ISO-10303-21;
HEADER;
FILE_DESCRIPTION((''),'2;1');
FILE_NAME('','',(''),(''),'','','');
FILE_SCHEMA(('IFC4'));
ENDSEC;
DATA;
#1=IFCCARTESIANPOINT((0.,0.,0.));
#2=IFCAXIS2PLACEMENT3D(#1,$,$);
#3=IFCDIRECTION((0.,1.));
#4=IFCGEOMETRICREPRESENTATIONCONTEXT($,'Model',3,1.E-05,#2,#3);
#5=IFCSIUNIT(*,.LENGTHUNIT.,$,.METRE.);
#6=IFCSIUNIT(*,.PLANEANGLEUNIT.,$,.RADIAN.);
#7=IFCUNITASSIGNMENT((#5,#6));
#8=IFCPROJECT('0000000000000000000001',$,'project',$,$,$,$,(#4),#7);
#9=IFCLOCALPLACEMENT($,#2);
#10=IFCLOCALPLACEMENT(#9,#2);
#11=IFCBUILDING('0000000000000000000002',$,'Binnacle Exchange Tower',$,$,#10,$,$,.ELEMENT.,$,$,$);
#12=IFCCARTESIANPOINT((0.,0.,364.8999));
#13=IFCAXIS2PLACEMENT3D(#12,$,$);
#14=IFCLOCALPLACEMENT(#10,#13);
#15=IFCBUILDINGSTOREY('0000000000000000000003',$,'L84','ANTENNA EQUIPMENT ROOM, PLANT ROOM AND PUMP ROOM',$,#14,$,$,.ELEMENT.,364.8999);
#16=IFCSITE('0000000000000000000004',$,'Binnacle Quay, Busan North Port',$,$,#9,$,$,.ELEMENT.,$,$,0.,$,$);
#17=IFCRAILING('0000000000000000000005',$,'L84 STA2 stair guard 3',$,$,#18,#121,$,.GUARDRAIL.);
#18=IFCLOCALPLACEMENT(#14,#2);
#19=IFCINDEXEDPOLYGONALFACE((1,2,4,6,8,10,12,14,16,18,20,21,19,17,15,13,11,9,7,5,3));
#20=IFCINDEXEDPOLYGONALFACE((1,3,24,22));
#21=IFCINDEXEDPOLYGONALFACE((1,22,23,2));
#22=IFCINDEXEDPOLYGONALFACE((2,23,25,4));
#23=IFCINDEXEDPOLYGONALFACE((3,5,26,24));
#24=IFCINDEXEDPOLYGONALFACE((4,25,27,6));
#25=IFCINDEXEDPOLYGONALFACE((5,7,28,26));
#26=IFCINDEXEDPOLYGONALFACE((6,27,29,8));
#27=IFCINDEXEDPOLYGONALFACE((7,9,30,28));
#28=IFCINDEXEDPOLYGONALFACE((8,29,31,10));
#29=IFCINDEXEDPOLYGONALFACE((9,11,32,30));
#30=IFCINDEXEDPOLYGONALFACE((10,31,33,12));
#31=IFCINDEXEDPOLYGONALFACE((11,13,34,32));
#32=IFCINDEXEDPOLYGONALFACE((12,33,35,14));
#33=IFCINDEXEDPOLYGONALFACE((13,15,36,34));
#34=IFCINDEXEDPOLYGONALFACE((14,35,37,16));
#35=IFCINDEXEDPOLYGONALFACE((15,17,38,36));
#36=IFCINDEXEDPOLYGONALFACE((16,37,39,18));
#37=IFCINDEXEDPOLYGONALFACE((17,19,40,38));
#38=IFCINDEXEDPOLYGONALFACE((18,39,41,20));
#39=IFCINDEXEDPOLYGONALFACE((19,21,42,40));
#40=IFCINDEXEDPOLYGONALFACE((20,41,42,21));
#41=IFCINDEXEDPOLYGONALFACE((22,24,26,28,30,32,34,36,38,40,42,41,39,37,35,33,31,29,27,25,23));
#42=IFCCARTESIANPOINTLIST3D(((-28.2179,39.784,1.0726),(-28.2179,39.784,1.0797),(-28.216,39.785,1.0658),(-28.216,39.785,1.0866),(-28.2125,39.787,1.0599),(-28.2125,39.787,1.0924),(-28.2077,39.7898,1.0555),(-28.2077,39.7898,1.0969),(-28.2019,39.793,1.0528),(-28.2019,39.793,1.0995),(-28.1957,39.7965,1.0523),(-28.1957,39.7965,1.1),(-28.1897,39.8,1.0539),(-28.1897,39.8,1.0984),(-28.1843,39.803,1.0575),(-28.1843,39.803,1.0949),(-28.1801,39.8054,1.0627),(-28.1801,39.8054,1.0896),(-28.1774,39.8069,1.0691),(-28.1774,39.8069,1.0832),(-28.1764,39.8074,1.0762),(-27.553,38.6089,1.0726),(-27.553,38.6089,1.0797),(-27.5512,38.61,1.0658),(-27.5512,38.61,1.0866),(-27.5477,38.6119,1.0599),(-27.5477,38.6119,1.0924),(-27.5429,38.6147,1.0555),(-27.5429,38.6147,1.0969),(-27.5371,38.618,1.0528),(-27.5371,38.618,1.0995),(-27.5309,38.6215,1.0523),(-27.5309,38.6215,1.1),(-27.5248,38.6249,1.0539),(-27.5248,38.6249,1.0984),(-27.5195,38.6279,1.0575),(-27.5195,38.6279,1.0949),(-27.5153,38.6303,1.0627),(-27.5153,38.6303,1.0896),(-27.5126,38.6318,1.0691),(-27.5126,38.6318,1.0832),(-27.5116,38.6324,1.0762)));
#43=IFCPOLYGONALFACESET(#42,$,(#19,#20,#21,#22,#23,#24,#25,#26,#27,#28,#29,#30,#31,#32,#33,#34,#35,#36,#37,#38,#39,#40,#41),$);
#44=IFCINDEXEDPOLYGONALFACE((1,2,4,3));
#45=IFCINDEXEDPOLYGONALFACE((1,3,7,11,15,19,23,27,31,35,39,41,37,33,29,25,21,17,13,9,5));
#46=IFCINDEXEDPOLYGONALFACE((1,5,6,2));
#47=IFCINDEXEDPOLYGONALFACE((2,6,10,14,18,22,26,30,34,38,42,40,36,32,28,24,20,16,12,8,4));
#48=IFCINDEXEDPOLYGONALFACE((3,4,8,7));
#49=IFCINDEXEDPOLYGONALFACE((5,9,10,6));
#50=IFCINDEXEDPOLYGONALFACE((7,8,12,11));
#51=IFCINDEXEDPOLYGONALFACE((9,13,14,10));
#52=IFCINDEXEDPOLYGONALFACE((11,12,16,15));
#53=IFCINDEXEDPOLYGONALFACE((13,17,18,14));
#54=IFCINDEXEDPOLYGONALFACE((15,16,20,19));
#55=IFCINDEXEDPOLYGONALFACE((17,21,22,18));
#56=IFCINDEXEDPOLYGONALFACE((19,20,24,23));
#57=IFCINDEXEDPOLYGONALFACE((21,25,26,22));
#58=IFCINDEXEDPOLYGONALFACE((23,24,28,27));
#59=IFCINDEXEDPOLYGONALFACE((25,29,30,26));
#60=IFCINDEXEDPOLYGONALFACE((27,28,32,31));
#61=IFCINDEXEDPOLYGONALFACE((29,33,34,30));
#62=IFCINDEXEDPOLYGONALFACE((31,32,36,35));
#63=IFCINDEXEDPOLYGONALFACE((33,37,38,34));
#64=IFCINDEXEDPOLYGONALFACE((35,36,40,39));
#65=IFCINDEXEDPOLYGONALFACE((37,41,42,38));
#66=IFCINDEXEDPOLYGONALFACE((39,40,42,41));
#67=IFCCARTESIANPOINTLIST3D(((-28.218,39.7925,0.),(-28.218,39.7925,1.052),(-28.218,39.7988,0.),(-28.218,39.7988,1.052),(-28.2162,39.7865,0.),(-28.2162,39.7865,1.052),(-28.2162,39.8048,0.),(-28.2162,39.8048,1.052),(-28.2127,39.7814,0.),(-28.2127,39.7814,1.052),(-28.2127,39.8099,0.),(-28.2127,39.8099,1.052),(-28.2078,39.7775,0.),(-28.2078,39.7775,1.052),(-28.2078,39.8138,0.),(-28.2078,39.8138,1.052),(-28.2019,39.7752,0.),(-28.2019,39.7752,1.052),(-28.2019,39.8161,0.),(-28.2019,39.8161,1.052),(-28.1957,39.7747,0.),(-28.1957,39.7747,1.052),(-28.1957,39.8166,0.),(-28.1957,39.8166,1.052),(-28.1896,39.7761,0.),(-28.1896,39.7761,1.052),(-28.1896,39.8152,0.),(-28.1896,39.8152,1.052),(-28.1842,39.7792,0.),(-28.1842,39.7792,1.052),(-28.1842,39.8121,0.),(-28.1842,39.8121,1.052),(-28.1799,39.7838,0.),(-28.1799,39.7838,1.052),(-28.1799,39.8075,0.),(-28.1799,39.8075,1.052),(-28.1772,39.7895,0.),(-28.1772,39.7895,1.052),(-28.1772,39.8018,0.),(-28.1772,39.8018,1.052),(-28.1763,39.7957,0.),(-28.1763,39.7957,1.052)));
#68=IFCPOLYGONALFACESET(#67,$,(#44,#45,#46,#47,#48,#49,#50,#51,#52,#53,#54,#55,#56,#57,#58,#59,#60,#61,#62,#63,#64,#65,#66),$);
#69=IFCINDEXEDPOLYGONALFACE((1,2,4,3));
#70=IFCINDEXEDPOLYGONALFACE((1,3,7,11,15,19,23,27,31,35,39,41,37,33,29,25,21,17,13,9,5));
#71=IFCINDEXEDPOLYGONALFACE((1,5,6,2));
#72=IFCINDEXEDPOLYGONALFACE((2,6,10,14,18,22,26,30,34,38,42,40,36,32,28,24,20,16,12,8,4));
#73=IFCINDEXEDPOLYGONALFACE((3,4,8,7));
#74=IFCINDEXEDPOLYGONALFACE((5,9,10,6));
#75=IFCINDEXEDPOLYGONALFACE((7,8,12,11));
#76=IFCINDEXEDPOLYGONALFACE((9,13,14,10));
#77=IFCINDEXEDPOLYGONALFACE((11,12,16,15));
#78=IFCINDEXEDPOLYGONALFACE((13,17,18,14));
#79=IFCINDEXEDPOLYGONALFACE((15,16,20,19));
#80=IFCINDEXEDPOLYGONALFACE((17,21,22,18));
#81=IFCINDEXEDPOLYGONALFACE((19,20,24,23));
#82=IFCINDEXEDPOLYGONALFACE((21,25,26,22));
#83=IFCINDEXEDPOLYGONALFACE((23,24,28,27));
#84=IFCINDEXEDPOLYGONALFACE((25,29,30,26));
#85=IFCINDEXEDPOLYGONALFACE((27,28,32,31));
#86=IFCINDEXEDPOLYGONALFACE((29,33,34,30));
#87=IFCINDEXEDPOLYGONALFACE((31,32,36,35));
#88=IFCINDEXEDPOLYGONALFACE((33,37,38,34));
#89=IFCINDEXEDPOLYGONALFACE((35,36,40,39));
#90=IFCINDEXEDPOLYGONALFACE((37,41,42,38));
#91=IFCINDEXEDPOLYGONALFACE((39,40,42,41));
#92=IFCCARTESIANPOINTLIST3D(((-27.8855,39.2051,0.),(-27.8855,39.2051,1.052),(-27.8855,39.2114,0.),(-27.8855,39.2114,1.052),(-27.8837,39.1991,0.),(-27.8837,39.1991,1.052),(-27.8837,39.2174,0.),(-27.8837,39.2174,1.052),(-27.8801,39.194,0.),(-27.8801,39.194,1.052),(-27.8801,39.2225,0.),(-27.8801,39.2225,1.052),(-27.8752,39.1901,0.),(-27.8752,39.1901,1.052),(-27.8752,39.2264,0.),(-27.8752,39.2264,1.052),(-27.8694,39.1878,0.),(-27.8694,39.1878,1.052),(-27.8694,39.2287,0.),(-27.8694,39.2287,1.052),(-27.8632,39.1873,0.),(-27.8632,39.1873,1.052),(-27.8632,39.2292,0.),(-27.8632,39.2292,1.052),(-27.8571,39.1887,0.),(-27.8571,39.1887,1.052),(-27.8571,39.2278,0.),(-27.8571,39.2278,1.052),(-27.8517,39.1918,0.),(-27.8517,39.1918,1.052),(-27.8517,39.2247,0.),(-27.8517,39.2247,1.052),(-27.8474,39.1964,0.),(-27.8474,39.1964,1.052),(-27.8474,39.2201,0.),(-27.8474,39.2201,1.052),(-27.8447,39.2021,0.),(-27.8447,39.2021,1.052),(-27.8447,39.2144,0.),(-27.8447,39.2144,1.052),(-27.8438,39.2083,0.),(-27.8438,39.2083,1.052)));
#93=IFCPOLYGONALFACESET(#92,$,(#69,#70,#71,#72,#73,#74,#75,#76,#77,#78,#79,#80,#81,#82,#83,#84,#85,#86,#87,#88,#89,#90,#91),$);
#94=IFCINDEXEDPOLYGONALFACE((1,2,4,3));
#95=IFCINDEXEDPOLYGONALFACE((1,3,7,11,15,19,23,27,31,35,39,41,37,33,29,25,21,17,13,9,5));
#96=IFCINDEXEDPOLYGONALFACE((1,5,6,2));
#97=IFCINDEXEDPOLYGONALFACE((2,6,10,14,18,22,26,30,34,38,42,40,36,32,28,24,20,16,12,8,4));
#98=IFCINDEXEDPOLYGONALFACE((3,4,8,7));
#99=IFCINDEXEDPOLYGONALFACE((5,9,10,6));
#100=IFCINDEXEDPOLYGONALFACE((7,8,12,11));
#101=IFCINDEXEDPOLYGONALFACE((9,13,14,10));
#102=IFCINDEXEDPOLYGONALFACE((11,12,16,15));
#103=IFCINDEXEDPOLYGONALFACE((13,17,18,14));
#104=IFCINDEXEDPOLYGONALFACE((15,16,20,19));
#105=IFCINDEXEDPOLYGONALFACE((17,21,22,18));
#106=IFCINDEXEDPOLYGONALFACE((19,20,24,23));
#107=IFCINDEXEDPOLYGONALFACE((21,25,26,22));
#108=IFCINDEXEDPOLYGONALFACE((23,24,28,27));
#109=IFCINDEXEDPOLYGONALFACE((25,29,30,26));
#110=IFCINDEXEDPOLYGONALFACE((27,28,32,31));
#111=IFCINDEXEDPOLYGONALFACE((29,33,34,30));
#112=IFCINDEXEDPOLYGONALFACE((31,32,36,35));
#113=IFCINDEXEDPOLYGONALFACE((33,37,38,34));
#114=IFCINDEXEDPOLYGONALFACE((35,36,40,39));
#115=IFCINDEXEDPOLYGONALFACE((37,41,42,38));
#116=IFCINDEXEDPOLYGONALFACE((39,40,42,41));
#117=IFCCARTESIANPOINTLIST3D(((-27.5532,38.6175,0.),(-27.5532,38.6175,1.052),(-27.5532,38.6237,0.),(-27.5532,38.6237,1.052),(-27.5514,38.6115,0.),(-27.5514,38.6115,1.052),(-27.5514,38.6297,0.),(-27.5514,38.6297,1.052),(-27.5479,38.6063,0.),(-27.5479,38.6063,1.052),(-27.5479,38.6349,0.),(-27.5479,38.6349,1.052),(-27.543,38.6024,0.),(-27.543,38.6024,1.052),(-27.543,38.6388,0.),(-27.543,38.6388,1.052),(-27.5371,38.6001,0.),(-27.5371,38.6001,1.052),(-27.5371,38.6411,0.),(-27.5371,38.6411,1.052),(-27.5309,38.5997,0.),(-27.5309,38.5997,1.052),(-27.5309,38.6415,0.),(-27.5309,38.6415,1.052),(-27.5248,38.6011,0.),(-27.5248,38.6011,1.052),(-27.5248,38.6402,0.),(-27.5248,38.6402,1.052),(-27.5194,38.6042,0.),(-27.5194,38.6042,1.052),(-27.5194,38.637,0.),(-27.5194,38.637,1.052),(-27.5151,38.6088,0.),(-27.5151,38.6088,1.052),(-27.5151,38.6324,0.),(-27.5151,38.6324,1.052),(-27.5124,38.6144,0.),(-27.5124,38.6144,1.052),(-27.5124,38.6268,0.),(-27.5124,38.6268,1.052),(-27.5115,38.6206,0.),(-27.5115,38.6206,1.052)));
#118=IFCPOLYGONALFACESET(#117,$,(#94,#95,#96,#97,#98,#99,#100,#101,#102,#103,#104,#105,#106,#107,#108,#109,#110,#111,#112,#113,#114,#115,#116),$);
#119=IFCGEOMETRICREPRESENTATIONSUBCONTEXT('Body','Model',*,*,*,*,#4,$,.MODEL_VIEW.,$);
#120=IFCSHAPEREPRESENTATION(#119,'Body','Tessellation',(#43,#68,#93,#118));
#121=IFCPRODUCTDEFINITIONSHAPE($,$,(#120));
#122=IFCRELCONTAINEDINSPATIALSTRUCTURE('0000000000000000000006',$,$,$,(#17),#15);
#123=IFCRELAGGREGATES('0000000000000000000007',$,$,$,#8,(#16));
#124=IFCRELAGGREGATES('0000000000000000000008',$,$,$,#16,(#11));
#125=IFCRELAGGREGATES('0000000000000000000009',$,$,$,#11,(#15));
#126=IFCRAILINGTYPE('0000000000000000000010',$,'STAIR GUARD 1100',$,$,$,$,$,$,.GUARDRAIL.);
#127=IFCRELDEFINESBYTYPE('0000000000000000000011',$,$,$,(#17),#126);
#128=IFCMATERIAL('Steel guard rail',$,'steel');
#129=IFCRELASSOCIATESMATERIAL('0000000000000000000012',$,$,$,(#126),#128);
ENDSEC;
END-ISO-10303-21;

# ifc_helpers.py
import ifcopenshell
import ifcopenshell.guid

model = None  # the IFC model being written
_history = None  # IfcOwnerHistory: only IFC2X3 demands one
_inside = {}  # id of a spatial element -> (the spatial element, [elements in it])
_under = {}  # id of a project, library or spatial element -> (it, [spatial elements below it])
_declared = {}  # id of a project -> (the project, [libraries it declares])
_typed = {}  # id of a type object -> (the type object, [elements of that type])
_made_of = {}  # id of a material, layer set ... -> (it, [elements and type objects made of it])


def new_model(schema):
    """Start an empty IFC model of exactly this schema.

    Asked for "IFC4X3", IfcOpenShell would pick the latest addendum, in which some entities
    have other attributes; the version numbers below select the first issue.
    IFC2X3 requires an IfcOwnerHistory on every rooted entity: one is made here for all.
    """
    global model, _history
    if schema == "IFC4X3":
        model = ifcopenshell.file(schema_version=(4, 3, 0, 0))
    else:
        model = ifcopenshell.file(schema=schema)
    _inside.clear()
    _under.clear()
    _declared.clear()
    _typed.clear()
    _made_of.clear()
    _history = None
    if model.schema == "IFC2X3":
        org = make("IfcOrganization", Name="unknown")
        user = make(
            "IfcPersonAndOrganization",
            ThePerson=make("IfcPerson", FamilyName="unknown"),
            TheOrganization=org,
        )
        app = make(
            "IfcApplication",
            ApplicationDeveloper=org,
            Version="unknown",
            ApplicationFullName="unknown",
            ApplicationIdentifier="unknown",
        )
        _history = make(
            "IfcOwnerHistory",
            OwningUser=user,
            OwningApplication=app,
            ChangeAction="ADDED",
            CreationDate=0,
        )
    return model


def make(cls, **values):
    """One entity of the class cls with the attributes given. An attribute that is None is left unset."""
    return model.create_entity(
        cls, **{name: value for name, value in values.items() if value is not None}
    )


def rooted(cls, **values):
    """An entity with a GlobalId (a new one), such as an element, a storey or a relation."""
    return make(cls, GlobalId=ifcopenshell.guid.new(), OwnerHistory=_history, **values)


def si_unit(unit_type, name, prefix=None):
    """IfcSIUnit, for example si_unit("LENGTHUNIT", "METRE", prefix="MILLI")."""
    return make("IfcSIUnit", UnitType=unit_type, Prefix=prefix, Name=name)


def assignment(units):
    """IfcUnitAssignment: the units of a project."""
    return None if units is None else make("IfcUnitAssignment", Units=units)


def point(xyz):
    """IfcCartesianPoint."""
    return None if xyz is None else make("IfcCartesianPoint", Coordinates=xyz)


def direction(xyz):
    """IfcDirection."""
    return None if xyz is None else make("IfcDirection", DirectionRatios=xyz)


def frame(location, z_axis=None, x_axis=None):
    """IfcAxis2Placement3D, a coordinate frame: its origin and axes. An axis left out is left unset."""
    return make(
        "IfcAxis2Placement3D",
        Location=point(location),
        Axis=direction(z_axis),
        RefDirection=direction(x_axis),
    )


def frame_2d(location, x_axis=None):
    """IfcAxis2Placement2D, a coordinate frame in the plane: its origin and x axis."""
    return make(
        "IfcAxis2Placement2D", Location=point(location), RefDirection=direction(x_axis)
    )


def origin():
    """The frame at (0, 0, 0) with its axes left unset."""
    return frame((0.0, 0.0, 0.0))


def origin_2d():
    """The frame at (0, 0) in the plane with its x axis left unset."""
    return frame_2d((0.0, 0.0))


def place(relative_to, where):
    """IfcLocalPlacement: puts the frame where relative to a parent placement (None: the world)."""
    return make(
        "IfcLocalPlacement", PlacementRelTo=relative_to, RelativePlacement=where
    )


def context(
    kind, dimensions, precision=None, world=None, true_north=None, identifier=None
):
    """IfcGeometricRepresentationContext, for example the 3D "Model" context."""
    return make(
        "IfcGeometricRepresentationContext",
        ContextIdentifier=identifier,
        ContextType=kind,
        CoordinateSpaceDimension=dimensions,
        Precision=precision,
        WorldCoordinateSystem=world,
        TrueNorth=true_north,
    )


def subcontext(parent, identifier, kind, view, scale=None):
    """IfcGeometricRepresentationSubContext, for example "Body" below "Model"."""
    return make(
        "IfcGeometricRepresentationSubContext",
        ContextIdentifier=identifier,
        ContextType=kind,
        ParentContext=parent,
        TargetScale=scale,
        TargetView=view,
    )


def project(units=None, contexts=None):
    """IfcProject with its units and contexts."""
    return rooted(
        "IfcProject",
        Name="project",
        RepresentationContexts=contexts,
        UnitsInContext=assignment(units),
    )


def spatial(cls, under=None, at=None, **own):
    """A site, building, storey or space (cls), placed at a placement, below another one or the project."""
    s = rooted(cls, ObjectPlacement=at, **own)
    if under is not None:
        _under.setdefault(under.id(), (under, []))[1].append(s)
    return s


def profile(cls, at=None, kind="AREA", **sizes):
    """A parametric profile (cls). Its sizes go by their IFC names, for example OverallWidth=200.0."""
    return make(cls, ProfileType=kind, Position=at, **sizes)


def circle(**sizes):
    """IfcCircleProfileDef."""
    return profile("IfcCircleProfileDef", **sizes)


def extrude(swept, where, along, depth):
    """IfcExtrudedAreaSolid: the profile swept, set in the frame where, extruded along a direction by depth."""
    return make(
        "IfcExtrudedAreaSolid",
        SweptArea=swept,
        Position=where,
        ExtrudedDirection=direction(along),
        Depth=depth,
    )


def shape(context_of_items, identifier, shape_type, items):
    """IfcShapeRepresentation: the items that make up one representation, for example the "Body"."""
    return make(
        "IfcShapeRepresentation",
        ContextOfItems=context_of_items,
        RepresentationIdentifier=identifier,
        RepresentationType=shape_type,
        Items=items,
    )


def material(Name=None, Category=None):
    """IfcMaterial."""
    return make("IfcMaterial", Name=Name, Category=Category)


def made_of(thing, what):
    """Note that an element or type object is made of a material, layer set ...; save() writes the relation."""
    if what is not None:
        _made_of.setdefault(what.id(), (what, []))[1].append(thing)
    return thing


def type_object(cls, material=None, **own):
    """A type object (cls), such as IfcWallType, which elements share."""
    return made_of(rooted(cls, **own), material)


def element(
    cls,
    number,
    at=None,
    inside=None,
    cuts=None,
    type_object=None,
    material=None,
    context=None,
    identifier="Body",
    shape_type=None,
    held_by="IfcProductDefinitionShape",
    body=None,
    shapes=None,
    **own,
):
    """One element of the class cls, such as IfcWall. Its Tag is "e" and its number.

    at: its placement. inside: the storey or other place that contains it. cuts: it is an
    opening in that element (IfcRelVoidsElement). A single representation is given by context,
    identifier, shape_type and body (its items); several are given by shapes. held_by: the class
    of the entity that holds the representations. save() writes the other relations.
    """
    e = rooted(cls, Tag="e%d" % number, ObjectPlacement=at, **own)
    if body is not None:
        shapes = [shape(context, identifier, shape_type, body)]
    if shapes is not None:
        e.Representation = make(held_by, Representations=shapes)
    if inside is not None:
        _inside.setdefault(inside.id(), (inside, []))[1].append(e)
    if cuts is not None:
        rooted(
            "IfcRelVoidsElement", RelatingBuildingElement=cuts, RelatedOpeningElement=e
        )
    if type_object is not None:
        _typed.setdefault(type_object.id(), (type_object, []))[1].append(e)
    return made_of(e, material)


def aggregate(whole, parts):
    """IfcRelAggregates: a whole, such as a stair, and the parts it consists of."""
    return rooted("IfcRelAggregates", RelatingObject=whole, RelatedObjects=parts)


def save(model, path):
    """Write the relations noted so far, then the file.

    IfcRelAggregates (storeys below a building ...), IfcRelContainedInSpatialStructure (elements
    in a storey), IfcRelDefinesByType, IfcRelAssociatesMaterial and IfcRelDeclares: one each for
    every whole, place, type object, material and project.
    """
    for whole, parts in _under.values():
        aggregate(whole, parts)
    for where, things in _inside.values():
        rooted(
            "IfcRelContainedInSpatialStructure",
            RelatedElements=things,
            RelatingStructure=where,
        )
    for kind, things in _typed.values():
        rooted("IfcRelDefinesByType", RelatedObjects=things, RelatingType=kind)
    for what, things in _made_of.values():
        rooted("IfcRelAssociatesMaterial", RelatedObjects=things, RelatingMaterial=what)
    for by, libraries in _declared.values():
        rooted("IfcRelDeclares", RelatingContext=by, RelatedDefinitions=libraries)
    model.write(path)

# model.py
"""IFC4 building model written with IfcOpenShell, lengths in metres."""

from ifc_helpers import new_model, si_unit, direction, frame, origin, origin_2d, place, context, subcontext, project, spatial, circle, extrude, material, type_object, element, save


model = new_model("IFC4")

# Units and contexts
model_context = context("Model", 3, precision=1e-05, world=origin(), true_north=direction((0.0, 1.0)))
body_context = subcontext(model_context, "Body", "Model", "MODEL_VIEW")
ifc_project = project(units=[si_unit("LENGTHUNIT", "METRE"), si_unit("PLANEANGLEUNIT", "RADIAN")], contexts=[model_context])

# Site, building, storey
site_placement = place(None, origin())
site = spatial("IfcSite", under=ifc_project, at=site_placement, Name="Binnacle Quay, Busan North Port", CompositionType="ELEMENT", RefElevation=0.0)
building_placement = place(site_placement, origin())
building = spatial("IfcBuilding", under=site, at=building_placement, Name="Binnacle Exchange Tower", CompositionType="ELEMENT")
storey_placement = place(building_placement, frame((0.0, 0.0, 364.8999)))
storey = spatial("IfcBuildingStorey", under=building, at=storey_placement, Name="L84", Description="ANTENNA EQUIPMENT ROOM, PLANT ROOM AND PUMP ROOM", CompositionType="ELEMENT", Elevation=364.8999)

# Railing
ifc_material_1 = material(Name="Steel guard rail", Category="steel")
railing_type_1 = type_object("IfcRailingType", Name="STAIR GUARD 1100", PredefinedType="GUARDRAIL", material=ifc_material_1)
railing_1_placement = place(storey_placement, frame((-28.1973, 39.7957, 0.0)))
element("IfcRailing", 1, at=railing_1_placement, inside=storey, type_object=railing_type_1, Name="L84 STA2 stair guard 3", PredefinedType="GUARDRAIL", context=body_context, shape_type="SweptSolid", body=[
    extrude(circle(Radius=0.0239, at=origin_2d()), frame((0.0, 0.0, 1.0762), z_axis=(0.492415, -0.870361, 0.0), x_axis=(0.870361, 0.492415, 0.0)), (0.0, 0.0, 1.0), 1.3501),
    extrude(circle(Radius=0.021, at=origin_2d()), origin(), (0.0, 0.0, 1.0), 1.052),
    extrude(circle(Radius=0.021, at=origin_2d()), frame((0.3325, -0.5874, 0.0)), (0.0, 0.0, 1.0), 1.052),
    extrude(circle(Radius=0.021, at=origin_2d()), frame((0.6648, -1.175, 0.0)), (0.0, 0.0, 1.0), 1.052),
])

save(model, "model.ifc")
